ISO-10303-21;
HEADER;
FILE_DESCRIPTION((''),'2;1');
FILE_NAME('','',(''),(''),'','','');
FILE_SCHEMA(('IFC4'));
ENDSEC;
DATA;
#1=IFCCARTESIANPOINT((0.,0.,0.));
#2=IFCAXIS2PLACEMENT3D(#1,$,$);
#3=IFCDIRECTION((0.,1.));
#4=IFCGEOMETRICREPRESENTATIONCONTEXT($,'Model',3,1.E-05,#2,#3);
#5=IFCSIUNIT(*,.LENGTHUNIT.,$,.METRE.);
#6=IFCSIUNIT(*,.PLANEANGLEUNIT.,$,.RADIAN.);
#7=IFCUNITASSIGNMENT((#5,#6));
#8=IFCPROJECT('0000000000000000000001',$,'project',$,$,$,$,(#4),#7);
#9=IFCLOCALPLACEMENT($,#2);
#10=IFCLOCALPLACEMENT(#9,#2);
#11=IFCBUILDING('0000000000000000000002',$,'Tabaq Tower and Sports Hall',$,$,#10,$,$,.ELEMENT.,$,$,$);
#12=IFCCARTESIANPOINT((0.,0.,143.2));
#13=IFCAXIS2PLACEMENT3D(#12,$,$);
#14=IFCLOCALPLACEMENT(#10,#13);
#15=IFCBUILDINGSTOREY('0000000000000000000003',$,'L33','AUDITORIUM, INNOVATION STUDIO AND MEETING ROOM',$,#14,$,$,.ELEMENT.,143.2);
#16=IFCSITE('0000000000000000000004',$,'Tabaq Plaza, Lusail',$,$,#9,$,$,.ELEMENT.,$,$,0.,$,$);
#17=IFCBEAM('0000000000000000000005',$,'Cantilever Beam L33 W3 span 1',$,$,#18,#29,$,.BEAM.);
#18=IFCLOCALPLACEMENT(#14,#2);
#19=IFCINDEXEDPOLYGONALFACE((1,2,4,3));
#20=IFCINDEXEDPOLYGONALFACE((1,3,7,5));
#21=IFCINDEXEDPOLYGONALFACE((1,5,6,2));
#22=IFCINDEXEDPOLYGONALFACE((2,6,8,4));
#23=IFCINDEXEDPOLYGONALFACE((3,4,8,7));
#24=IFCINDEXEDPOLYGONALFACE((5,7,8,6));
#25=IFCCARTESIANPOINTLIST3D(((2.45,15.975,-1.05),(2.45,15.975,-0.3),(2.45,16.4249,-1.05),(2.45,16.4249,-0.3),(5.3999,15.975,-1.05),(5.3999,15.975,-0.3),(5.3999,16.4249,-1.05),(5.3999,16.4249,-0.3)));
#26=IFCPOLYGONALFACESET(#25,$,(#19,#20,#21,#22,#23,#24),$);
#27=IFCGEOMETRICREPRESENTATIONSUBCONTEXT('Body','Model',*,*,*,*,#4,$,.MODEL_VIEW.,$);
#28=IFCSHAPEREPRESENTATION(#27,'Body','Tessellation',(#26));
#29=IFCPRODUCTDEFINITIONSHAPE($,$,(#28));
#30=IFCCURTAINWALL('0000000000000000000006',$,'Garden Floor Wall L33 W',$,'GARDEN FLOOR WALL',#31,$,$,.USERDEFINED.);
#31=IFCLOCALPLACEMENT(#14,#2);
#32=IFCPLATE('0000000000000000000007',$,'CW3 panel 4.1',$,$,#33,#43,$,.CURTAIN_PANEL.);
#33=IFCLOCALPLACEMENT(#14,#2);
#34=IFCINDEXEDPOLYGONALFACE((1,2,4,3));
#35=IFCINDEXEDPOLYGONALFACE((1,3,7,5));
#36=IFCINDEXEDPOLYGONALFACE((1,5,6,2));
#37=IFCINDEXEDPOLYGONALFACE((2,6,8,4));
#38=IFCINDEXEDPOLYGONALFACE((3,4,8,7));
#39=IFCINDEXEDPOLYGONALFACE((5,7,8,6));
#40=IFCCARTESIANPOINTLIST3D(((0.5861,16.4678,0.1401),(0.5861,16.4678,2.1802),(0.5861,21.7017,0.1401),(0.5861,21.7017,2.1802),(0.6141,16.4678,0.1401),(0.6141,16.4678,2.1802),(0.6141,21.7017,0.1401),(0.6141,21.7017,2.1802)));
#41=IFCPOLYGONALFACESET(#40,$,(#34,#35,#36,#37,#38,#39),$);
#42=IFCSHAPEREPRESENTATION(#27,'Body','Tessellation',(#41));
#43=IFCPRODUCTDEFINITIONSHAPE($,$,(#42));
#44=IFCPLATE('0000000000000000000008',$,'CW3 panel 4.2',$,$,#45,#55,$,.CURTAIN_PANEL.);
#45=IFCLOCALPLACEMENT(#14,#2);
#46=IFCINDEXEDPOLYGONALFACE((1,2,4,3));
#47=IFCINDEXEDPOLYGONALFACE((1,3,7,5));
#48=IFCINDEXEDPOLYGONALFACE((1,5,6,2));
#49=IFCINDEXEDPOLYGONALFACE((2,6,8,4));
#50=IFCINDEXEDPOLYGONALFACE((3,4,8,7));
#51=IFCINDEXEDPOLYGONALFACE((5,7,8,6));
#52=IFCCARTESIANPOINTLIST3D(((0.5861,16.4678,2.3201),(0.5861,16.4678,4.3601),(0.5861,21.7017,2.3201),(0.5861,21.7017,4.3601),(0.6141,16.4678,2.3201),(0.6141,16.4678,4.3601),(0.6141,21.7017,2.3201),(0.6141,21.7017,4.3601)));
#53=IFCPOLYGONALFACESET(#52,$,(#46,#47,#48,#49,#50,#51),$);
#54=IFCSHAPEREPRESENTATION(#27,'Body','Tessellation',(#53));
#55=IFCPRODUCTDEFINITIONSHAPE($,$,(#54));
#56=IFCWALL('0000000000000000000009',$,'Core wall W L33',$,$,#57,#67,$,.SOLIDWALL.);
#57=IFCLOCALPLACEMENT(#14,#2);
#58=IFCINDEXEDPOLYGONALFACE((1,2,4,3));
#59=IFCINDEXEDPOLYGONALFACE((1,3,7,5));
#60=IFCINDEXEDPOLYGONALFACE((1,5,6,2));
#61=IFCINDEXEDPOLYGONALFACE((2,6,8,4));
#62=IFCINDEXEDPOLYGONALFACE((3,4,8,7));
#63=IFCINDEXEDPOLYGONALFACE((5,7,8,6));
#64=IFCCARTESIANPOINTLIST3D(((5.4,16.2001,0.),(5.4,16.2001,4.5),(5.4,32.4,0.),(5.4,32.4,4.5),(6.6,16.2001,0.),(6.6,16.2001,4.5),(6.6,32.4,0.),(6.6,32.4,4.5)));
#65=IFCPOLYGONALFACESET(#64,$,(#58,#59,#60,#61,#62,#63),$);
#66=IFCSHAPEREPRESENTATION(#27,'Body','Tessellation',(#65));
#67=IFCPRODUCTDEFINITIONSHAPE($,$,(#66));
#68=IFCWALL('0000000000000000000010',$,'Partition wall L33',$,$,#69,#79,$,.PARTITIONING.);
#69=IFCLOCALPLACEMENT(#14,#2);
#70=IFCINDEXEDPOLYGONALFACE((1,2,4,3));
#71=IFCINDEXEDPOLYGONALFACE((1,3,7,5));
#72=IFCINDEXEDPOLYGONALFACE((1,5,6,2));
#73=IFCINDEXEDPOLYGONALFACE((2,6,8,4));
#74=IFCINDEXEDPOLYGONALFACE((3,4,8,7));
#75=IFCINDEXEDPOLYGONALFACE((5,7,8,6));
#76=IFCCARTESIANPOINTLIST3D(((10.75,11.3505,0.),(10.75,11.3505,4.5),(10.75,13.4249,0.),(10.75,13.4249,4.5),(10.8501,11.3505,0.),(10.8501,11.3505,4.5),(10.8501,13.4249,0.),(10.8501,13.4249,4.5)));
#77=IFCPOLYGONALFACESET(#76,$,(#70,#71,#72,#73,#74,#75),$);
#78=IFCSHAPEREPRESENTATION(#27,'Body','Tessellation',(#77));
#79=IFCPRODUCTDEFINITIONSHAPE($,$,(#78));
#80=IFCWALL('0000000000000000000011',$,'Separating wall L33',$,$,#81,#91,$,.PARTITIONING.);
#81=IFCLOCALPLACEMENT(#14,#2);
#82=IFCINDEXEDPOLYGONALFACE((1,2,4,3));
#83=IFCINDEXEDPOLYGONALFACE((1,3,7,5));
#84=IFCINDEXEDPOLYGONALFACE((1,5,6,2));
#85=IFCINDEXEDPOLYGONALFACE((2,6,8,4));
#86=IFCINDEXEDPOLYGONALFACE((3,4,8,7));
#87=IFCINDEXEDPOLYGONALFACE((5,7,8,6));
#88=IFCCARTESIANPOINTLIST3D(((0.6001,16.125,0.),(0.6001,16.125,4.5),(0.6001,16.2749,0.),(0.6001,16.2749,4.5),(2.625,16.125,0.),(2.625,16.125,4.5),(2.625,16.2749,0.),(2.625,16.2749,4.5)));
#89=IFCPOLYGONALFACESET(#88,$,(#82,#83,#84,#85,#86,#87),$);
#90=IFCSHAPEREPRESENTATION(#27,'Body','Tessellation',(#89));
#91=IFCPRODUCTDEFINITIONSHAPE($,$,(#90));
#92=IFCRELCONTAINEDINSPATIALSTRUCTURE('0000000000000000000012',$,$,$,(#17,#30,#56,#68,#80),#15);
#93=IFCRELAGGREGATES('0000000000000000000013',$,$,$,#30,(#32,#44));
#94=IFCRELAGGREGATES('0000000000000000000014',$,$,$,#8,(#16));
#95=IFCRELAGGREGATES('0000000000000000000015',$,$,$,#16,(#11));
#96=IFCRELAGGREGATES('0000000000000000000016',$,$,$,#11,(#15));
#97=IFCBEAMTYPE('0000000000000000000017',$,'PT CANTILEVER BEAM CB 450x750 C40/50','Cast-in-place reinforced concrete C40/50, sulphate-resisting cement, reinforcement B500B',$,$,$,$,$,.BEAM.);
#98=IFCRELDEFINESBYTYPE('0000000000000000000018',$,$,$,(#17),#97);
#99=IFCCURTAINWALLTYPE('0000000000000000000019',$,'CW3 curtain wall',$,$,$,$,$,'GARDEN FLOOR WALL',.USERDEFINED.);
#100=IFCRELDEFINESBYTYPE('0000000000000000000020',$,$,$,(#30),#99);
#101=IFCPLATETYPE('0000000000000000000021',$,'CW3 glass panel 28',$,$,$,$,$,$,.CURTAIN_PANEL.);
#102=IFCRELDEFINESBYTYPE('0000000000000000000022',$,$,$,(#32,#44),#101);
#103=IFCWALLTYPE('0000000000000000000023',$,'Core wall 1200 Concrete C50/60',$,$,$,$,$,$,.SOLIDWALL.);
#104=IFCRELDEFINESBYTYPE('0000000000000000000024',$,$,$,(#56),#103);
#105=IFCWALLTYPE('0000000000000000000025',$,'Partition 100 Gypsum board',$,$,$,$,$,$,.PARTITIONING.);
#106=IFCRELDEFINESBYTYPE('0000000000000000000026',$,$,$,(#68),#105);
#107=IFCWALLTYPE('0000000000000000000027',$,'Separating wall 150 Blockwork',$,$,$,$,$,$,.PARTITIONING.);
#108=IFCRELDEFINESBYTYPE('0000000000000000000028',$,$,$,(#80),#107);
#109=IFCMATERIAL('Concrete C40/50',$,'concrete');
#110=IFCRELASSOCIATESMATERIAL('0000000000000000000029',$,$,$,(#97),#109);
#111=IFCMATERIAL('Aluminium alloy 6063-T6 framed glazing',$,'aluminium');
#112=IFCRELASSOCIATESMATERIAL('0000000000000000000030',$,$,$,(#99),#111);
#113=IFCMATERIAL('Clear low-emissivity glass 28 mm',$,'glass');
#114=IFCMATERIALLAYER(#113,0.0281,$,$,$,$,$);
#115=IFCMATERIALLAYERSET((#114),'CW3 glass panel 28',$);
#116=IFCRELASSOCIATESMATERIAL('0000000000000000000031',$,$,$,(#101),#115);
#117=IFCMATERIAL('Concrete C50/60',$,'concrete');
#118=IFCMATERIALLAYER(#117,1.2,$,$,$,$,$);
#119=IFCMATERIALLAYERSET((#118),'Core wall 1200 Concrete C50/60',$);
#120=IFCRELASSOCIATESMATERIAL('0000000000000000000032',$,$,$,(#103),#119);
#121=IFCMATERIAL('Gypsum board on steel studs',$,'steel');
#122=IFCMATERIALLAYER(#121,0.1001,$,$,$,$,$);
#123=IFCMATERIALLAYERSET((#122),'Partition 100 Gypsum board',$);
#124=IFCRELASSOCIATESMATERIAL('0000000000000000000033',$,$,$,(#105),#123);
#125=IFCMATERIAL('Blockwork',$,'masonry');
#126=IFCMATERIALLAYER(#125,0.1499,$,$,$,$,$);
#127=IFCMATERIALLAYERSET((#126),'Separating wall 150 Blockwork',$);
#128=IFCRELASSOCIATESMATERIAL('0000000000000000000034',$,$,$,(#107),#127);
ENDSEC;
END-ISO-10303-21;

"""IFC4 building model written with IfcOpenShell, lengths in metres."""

from ifc_helpers import new_model, si_unit, direction, frame, frame_2d, origin, origin_2d, place, context, subcontext, project, spatial, rectangle, extrude, material, layer, layer_set, material_profile, profile_set, type_object, element, aggregate, save


model = new_model("IFC4")

# Units and contexts
model_context = context("Model", 3, precision=1e-05, world=origin(), true_north=direction((0.0, 1.0)))
body_context = subcontext(model_context, "Body", "Model", "MODEL_VIEW")
ifc_project = project(units=[si_unit("LENGTHUNIT", "METRE"), si_unit("PLANEANGLEUNIT", "RADIAN")], contexts=[model_context])

# Site, building, storey
site_placement = place(None, origin())
site = spatial("IfcSite", under=ifc_project, at=site_placement, Name="Tabaq Plaza, Lusail", CompositionType="ELEMENT", RefElevation=0.0)
building_placement = place(site_placement, origin())
building = spatial("IfcBuilding", under=site, at=building_placement, Name="Tabaq Tower and Sports Hall", CompositionType="ELEMENT")
storey_placement = place(building_placement, frame((0.0, 0.0, 143.2)))
storey = spatial("IfcBuildingStorey", under=building, at=storey_placement, Name="L33", Description="AUDITORIUM, INNOVATION STUDIO AND MEETING ROOM", CompositionType="ELEMENT", Elevation=143.2)

# Beam
ifc_material_1 = material(Name="Concrete C40/50", Category="concrete")
ifc_material_profile = material_profile(ifc_material_1, rectangle(XDim=0.45, YDim=0.75, at=origin_2d()), Name="CB 450x750")
ifc_profile_set = profile_set([ifc_material_profile], Name="Concrete C40/50")
beam_type = type_object("IfcBeamType", Name="PT CANTILEVER BEAM CB 450x750 C40/50", Description="Cast-in-place reinforced concrete C40/50, sulphate-resisting cement, reinforcement B500B", PredefinedType="BEAM", material=ifc_profile_set)
beam_placement = place(storey_placement, frame((2.45, 16.2, -0.675), z_axis=(1.0, 0.0, 0.0), x_axis=(0.0, 1.0, 0.0)))
element("IfcBeam", 1, at=beam_placement, inside=storey, type_object=beam_type, Name="Cantilever Beam L33 W3 span 1", PredefinedType="BEAM", context=body_context, shape_type="SweptSolid", body=[
    extrude(rectangle(XDim=0.45, YDim=0.75, at=origin_2d()), origin(), (0.0, 0.0, 1.0), 2.95),
])

# Curtain wall, plates
ifc_material_2 = material(Name="Aluminium alloy 6063-T6 framed glazing", Category="aluminium")
curtain_wall_type = type_object("IfcCurtainWallType", Name="CW3 curtain wall", ElementType="GARDEN FLOOR WALL", PredefinedType="USERDEFINED", material=ifc_material_2)
curtain_wall_placement = place(storey_placement, origin())
curtain_wall = element("IfcCurtainWall", 2, at=curtain_wall_placement, inside=storey, type_object=curtain_wall_type, Name="Garden Floor Wall L33 W", ObjectType="GARDEN FLOOR WALL", PredefinedType="USERDEFINED")
ifc_material_3 = material(Name="Clear low-emissivity glass 28 mm", Category="glass")
ifc_layer_1 = layer(ifc_material_3, 0.0281)
ifc_layer_set_1 = layer_set([ifc_layer_1], Name="CW3 glass panel 28")
plate_type = type_object("IfcPlateType", Name="CW3 glass panel 28", PredefinedType="CURTAIN_PANEL", material=ifc_layer_set_1)
plate_1_placement = place(storey_placement, frame((0.6001, 19.0847, 0.1401), z_axis=(0.0, 0.0, 1.0), x_axis=(0.0, -1.0, 0.0)))
plate_1 = element("IfcPlate", 3, at=plate_1_placement, type_object=plate_type, Name="CW3 panel 4.1", PredefinedType="CURTAIN_PANEL", context=body_context, shape_type="SweptSolid", body=[
    extrude(rectangle(XDim=5.2339, YDim=0.0281, at=origin_2d()), origin(), (0.0, 0.0, 1.0), 2.04),
])
plate_2_placement = place(storey_placement, frame((0.6001, 19.0847, 2.3201), z_axis=(0.0, 0.0, 1.0), x_axis=(0.0, -1.0, 0.0)))
plate_2 = element("IfcPlate", 4, at=plate_2_placement, type_object=plate_type, Name="CW3 panel 4.2", PredefinedType="CURTAIN_PANEL", context=body_context, shape_type="SweptSolid", body=[
    extrude(rectangle(XDim=5.2339, YDim=0.0281, at=origin_2d()), origin(), (0.0, 0.0, 1.0), 2.04),
])
aggregate(curtain_wall, [plate_1, plate_2])

# Walls
ifc_material_4 = material(Name="Concrete C50/60", Category="concrete")
ifc_layer_2 = layer(ifc_material_4, 1.2)
ifc_layer_set_2 = layer_set([ifc_layer_2], Name="Core wall 1200 Concrete C50/60")
wall_type_1 = type_object("IfcWallType", Name="Core wall 1200 Concrete C50/60", PredefinedType="SOLIDWALL", material=ifc_layer_set_2)
wall_1_placement = place(storey_placement, frame((6.0, 16.2, 0.0), z_axis=(0.0, 0.0, 1.0), x_axis=(0.0, 1.0, 0.0)))
element("IfcWall", 5, at=wall_1_placement, inside=storey, type_object=wall_type_1, Name="Core wall W L33", PredefinedType="SOLIDWALL", context=body_context, shape_type="SweptSolid", body=[
    extrude(rectangle(XDim=16.2, YDim=1.2, at=frame_2d((8.1001, 0.0))), origin(), (0.0, 0.0, 1.0), 4.5),
])
ifc_material_5 = material(Name="Gypsum board on steel studs", Category="steel")
ifc_layer_3 = layer(ifc_material_5, 0.1001)
ifc_layer_set_3 = layer_set([ifc_layer_3], Name="Partition 100 Gypsum board")
wall_type_2 = type_object("IfcWallType", Name="Partition 100 Gypsum board", PredefinedType="PARTITIONING", material=ifc_layer_set_3)
wall_2_placement = place(storey_placement, frame((10.8, 11.3506, 0.0), z_axis=(0.0, 0.0, 1.0), x_axis=(0.0, 1.0, 0.0)))
element("IfcWall", 6, at=wall_2_placement, inside=storey, type_object=wall_type_2, Name="Partition wall L33", PredefinedType="PARTITIONING", context=body_context, shape_type="SweptSolid", body=[
    extrude(rectangle(XDim=2.0745, YDim=0.1001, at=frame_2d((1.0371, 0.0))), origin(), (0.0, 0.0, 1.0), 4.5),
])
ifc_material_6 = material(Name="Blockwork", Category="masonry")
ifc_layer_4 = layer(ifc_material_6, 0.1499)
ifc_layer_set_4 = layer_set([ifc_layer_4], Name="Separating wall 150 Blockwork")
wall_type_3 = type_object("IfcWallType", Name="Separating wall 150 Blockwork", PredefinedType="PARTITIONING", material=ifc_layer_set_4)
wall_3_placement = place(storey_placement, frame((2.625, 16.2, 0.0), z_axis=(0.0, 0.0, 1.0), x_axis=(-1.0, 0.0, 0.0)))
element("IfcWall", 7, at=wall_3_placement, inside=storey, type_object=wall_type_3, Name="Separating wall L33", PredefinedType="PARTITIONING", context=body_context, shape_type="SweptSolid", body=[
    extrude(rectangle(XDim=2.0249, YDim=0.1499, at=frame_2d((1.0125, 0.0))), origin(), (0.0, 0.0, 1.0), 4.5),
])

save(model, "model.ifc")
